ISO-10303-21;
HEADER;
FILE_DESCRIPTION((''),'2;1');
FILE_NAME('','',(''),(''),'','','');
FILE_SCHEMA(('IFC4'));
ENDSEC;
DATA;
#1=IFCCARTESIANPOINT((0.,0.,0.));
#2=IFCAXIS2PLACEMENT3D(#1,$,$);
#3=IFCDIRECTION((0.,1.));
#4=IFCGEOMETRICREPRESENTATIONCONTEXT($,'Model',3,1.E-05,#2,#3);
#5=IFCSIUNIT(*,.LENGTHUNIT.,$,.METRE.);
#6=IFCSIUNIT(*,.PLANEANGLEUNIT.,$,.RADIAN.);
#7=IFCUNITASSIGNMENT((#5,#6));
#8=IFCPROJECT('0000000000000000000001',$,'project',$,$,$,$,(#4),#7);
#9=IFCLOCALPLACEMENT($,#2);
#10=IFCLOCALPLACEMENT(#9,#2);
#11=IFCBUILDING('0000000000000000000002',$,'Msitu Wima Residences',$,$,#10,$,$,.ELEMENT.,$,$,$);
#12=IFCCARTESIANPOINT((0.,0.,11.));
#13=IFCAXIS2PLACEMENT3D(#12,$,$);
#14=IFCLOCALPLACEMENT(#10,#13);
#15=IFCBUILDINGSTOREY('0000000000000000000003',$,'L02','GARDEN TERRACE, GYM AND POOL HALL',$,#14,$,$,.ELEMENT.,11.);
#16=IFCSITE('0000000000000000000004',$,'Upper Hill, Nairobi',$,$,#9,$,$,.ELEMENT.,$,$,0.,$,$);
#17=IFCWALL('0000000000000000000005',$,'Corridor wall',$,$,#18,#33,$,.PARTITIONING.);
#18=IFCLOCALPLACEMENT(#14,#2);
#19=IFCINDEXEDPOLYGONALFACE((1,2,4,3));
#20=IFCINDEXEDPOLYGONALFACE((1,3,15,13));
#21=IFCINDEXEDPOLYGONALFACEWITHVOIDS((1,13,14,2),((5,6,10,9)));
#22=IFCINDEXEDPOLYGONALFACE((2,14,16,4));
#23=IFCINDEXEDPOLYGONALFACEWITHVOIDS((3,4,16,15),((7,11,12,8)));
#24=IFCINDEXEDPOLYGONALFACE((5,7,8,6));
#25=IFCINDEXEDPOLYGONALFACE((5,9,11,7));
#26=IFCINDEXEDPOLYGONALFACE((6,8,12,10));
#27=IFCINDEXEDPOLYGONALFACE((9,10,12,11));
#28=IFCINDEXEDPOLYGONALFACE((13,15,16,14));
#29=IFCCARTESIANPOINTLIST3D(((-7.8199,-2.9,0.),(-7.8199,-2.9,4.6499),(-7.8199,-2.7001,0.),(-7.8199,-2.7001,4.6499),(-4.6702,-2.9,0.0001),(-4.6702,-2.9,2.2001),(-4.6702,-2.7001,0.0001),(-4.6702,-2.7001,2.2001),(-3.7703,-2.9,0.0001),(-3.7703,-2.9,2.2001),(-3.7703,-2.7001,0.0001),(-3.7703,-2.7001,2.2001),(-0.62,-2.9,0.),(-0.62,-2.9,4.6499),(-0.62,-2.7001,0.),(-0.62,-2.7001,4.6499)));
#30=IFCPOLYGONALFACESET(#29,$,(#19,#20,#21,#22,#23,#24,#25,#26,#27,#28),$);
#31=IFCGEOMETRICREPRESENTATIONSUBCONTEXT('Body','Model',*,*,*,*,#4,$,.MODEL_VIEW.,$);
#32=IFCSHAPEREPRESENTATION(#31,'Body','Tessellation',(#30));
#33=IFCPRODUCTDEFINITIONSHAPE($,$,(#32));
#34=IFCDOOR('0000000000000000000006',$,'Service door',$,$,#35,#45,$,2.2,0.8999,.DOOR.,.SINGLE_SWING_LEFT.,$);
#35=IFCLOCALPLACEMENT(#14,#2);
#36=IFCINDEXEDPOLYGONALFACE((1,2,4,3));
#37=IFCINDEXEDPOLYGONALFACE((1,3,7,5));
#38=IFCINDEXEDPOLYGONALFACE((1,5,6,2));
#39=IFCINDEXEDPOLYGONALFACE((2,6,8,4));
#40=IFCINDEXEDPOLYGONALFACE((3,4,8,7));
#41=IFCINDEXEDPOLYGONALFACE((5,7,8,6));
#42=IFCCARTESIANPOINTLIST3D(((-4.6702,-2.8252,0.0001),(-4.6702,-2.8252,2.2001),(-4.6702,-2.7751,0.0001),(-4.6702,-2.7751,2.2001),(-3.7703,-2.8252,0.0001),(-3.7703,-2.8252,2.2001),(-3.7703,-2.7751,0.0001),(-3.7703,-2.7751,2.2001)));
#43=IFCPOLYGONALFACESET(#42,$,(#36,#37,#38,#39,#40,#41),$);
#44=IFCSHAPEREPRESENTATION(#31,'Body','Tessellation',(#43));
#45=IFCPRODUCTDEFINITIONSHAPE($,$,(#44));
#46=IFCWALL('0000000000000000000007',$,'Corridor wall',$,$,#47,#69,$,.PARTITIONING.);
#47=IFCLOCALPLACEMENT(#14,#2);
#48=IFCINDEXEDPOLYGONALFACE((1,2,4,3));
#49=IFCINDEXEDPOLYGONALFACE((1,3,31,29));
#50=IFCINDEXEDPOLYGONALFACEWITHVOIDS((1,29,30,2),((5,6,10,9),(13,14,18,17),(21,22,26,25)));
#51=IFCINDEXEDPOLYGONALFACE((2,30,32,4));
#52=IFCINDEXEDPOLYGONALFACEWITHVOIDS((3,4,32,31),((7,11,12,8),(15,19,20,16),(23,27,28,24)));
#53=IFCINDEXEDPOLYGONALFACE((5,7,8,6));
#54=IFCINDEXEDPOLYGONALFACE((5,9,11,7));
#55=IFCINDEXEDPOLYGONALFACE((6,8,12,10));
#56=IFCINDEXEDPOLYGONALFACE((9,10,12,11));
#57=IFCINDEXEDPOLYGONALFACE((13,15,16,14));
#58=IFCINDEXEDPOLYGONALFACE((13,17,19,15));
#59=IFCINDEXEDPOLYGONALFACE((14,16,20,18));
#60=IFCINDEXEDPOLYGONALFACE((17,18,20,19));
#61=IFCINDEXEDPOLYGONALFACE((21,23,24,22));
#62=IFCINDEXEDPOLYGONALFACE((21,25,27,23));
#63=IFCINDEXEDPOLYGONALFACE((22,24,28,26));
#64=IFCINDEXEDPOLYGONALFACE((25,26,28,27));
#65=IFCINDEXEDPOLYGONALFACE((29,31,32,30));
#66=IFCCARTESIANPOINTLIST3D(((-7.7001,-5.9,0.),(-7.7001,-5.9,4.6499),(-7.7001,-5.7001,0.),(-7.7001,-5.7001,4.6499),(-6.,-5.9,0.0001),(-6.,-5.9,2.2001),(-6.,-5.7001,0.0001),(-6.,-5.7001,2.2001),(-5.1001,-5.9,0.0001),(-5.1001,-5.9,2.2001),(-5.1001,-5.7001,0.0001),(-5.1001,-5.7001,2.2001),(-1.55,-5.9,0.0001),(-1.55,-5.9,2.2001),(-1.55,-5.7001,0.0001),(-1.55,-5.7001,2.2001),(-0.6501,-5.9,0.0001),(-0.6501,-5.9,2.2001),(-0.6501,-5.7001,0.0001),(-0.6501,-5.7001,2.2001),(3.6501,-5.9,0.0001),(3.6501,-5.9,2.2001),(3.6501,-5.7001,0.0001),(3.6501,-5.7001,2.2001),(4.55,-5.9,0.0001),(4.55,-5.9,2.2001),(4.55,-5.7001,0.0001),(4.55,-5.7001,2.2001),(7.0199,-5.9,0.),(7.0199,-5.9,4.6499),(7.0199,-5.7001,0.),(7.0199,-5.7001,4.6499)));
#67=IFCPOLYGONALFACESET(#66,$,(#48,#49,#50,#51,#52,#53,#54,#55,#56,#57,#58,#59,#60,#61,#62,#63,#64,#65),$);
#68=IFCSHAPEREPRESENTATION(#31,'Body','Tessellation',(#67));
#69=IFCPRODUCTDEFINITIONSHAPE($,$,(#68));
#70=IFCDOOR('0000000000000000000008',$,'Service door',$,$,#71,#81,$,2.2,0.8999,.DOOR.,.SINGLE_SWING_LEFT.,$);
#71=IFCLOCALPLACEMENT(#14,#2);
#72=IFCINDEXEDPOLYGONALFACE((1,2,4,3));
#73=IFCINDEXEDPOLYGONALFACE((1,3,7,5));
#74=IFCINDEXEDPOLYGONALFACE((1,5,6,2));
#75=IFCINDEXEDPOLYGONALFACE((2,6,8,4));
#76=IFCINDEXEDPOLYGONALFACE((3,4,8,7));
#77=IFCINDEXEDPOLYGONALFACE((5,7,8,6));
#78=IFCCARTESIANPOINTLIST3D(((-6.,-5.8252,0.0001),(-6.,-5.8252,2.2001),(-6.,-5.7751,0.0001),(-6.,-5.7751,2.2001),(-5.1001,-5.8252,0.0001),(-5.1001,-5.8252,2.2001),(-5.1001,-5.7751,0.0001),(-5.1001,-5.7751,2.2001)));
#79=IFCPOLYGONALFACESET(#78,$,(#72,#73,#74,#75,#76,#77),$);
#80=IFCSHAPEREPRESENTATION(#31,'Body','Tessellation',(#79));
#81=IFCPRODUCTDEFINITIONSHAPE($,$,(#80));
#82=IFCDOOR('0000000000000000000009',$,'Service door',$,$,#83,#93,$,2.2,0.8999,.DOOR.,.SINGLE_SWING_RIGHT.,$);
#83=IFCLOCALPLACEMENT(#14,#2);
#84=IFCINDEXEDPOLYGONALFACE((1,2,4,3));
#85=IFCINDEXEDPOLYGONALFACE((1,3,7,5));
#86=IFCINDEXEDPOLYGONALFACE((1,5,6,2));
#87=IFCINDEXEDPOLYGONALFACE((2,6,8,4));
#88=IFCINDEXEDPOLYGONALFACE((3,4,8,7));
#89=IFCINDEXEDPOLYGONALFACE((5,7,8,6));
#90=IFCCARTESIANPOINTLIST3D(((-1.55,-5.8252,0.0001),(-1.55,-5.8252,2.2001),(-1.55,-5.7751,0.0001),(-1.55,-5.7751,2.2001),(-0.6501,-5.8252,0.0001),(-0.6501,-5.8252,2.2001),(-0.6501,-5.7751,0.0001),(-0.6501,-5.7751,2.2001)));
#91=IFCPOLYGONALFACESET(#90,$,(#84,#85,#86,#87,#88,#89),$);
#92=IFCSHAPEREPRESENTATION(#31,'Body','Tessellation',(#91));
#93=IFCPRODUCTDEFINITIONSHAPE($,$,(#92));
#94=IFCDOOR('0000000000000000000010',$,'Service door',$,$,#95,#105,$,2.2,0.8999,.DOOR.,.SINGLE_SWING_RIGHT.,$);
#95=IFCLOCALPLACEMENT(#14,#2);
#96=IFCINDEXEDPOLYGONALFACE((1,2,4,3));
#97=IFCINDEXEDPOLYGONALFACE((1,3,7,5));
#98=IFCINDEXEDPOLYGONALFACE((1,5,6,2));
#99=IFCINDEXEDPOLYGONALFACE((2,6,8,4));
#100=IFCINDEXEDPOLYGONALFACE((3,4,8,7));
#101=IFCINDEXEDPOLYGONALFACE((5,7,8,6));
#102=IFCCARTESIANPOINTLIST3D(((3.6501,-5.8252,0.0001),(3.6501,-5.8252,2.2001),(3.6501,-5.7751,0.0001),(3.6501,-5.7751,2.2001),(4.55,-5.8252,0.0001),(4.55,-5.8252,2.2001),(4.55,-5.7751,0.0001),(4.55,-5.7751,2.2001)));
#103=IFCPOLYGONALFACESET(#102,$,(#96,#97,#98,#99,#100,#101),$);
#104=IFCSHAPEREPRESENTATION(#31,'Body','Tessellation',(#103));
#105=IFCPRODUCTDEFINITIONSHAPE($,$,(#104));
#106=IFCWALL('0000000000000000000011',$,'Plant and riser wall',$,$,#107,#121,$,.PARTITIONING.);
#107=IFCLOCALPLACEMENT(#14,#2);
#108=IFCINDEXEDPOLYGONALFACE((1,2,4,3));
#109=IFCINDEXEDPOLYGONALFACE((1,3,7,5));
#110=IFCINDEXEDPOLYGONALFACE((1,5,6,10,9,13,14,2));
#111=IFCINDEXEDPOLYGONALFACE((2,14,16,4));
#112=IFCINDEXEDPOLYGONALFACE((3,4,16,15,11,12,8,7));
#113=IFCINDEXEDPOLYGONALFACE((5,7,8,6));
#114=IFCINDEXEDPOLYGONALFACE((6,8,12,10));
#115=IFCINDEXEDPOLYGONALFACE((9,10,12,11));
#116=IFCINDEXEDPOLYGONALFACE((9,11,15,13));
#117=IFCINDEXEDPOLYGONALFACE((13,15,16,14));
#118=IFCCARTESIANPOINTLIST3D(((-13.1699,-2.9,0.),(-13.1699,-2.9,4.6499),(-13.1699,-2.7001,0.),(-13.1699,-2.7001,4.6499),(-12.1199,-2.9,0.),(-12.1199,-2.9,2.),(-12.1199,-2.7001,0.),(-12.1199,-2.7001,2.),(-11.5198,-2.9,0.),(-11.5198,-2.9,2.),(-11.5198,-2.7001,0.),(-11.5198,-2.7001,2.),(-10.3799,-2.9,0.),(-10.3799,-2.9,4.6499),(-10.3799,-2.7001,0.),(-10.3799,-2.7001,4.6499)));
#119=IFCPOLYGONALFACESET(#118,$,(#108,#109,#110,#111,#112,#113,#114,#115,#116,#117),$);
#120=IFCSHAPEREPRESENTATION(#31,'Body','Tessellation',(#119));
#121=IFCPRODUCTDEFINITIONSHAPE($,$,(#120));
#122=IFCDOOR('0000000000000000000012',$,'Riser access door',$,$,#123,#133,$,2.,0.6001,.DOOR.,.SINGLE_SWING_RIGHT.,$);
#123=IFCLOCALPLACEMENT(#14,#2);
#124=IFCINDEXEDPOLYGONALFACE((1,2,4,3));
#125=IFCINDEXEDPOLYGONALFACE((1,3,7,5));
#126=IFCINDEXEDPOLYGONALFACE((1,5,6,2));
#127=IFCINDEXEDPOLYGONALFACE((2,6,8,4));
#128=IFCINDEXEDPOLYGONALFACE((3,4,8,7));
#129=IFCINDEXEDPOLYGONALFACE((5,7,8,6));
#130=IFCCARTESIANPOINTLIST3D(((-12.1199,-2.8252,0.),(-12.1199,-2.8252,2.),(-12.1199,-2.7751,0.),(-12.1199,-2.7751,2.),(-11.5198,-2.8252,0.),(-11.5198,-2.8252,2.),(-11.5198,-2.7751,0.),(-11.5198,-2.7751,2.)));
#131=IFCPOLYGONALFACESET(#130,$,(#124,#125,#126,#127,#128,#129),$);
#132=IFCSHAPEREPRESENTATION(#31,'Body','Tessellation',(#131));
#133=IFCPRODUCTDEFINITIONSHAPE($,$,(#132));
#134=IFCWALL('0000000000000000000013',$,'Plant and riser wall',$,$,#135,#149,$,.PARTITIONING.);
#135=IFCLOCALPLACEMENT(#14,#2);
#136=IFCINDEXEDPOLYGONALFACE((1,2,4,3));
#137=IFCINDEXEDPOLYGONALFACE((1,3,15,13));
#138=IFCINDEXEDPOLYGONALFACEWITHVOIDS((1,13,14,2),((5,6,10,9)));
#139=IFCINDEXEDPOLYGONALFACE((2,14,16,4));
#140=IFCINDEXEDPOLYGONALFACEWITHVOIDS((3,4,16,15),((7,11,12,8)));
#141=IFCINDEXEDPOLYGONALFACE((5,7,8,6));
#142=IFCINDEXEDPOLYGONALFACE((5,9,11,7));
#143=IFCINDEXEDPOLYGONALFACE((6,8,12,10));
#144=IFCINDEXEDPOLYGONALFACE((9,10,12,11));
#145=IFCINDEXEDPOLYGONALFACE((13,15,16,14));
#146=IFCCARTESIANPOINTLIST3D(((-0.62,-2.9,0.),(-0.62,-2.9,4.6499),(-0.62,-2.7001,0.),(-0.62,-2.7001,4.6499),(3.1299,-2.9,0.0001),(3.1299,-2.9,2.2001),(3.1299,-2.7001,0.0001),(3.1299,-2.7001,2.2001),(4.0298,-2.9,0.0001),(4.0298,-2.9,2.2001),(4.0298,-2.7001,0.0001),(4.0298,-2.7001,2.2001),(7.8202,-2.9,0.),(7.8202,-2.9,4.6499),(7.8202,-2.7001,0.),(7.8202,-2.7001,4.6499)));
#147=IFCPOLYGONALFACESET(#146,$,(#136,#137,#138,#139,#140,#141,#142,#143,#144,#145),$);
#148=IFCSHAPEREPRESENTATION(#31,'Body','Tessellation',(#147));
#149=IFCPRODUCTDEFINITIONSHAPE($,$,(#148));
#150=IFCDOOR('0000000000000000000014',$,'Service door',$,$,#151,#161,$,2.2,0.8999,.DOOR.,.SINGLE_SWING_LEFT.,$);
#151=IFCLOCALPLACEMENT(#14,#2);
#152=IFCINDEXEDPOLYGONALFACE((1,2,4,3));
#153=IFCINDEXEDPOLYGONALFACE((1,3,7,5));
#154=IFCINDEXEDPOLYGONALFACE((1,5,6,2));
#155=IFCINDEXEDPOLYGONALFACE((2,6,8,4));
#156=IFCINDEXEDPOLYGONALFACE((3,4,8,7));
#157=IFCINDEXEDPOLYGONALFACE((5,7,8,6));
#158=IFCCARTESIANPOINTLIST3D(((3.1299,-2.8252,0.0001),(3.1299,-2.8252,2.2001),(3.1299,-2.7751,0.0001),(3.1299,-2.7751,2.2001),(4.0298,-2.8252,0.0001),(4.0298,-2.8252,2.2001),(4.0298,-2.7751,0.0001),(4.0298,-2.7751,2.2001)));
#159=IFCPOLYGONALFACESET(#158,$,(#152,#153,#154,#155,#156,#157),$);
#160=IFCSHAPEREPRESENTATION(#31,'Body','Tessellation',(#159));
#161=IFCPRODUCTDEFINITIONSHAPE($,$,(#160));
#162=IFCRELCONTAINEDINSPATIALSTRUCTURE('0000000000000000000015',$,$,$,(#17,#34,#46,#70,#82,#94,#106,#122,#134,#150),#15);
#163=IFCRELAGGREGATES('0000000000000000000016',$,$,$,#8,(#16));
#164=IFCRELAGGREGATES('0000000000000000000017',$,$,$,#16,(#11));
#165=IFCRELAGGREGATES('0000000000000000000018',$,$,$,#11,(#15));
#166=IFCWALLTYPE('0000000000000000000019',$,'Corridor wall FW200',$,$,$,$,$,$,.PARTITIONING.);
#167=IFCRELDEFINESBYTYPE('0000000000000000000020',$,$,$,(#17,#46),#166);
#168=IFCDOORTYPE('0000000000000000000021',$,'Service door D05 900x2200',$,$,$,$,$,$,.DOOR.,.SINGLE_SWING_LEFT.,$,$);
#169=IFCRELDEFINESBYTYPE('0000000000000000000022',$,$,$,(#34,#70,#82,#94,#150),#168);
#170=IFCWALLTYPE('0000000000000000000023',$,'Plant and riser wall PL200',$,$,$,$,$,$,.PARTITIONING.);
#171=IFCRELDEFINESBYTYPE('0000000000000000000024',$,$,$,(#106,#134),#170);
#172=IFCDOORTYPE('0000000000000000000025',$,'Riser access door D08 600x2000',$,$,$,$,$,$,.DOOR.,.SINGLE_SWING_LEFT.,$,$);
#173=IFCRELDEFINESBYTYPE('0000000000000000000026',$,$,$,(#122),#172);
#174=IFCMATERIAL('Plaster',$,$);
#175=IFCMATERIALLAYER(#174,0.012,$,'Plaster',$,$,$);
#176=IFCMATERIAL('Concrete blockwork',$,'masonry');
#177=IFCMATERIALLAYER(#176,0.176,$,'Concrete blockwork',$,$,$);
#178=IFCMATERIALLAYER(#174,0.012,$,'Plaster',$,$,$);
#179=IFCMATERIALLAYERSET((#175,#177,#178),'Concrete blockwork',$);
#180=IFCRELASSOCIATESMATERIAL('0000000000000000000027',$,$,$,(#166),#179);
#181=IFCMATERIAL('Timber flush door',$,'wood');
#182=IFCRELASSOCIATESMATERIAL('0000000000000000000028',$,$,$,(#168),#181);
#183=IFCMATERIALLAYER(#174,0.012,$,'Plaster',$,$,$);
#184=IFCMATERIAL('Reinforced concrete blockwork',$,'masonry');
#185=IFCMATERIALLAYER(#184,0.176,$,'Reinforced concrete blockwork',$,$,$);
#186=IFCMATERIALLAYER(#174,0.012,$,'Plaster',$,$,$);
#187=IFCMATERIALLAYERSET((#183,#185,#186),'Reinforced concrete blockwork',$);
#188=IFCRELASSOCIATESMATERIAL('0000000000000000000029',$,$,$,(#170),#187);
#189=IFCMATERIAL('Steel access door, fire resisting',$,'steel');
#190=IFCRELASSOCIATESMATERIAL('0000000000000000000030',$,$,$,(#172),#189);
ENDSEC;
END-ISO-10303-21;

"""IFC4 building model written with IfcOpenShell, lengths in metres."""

from ifc_helpers import new_model, si_unit, direction, frame, frame_2d, origin, place, context, subcontext, project, spatial, rectangle, extrude, material, layer, layer_set, type_object, element, fill, save


model = new_model("IFC4")

# Units and contexts
model_context = context("Model", 3, precision=1e-05, world=origin(), true_north=direction((0.0, 1.0)))
body_context = subcontext(model_context, "Body", "Model", "MODEL_VIEW")
ifc_project = project(units=[si_unit("LENGTHUNIT", "METRE"), si_unit("PLANEANGLEUNIT", "RADIAN")], contexts=[model_context])

# Site, building, storey
site_placement = place(None, origin())
site = spatial("IfcSite", under=ifc_project, at=site_placement, Name="Upper Hill, Nairobi", CompositionType="ELEMENT", RefElevation=0.0)
building_placement = place(site_placement, origin())
building = spatial("IfcBuilding", under=site, at=building_placement, Name="Msitu Wima Residences", CompositionType="ELEMENT")
storey_placement = place(building_placement, frame((0.0, 0.0, 11.0)))
storey = spatial("IfcBuildingStorey", under=building, at=storey_placement, Name="L02", Description="GARDEN TERRACE, GYM AND POOL HALL", CompositionType="ELEMENT", Elevation=11.0)

# Wall, opening, door
ifc_material_1 = material(Name="Plaster")
ifc_layer_1 = layer(ifc_material_1, 0.012, Name="Plaster")
ifc_material_2 = material(Name="Concrete blockwork", Category="masonry")
ifc_layer_2 = layer(ifc_material_2, 0.176, Name="Concrete blockwork")
ifc_layer_3 = layer(ifc_material_1, 0.012, Name="Plaster")
ifc_layer_set_1 = layer_set([ifc_layer_1, ifc_layer_2, ifc_layer_3], Name="Concrete blockwork")
wall_type_1 = type_object("IfcWallType", Name="Corridor wall FW200", PredefinedType="PARTITIONING", material=ifc_layer_set_1)
wall_1_placement = place(storey_placement, frame((-7.8201, -2.8, 0.0), z_axis=(0.0, 0.0, 1.0), x_axis=(1.0, 0.0, 0.0)))
wall_1 = element("IfcWall", 1, at=wall_1_placement, inside=storey, type_object=wall_type_1, Name="Corridor wall", PredefinedType="PARTITIONING", context=body_context, shape_type="SweptSolid", body=[
    extrude(rectangle(XDim=7.2, YDim=0.2, at=frame_2d((3.6001, 0.0))), origin(), (0.0, 0.0, 1.0), 4.6499),
])
opening_1_placement = place(wall_1_placement, frame((3.1499, 0.0, 0.0)))
opening_1 = element("IfcOpeningElement", 2, at=opening_1_placement, cuts=wall_1, PredefinedType="OPENING", context=body_context, shape_type="SweptSolid", body=[
    extrude(rectangle(XDim=0.8999, YDim=2.2, at=frame_2d((0.45, 1.1001))), frame((0.0, 0.1099, 0.0), z_axis=(0.0, -1.0, 0.0), x_axis=(1.0, 0.0, 0.0)), (0.0, 0.0, 1.0), 0.22),
])
ifc_material_3 = material(Name="Timber flush door", Category="wood")
door_type_1 = type_object("IfcDoorType", Name="Service door D05 900x2200", OperationType="SINGLE_SWING_LEFT", PredefinedType="DOOR", material=ifc_material_3)
door_1_placement = place(opening_1_placement, origin())
door_1 = element("IfcDoor", 3, at=door_1_placement, inside=storey, type_object=door_type_1, Name="Service door", OperationType="SINGLE_SWING_LEFT", OverallHeight=2.2, OverallWidth=0.8999, PredefinedType="DOOR", context=body_context, shape_type="SweptSolid", body=[
    extrude(rectangle(XDim=0.8999, YDim=2.2, at=frame_2d((0.45, 1.1001))), frame((0.0, 0.0249, 0.0), z_axis=(0.0, -1.0, 0.0), x_axis=(1.0, 0.0, 0.0)), (0.0, 0.0, 1.0), 0.05),
])
fill(opening_1, door_1)

# Wall, openings, doors
wall_2_placement = place(storey_placement, frame((-7.7, -5.8, 0.0), z_axis=(0.0, 0.0, 1.0), x_axis=(1.0, 0.0, 0.0)))
wall_2 = element("IfcWall", 4, at=wall_2_placement, inside=storey, type_object=wall_type_1, Name="Corridor wall", PredefinedType="PARTITIONING", context=body_context, shape_type="SweptSolid", body=[
    extrude(rectangle(XDim=14.72, YDim=0.2, at=frame_2d((7.3599, 0.0))), origin(), (0.0, 0.0, 1.0), 4.6499),
])
opening_2_placement = place(wall_2_placement, frame((1.7, 0.0, 0.0)))
opening_2 = element("IfcOpeningElement", 5, at=opening_2_placement, cuts=wall_2, PredefinedType="OPENING", context=body_context, shape_type="SweptSolid", body=[
    extrude(rectangle(XDim=0.8999, YDim=2.2, at=frame_2d((0.45, 1.1001))), frame((0.0, 0.1099, 0.0), z_axis=(0.0, -1.0, 0.0), x_axis=(1.0, 0.0, 0.0)), (0.0, 0.0, 1.0), 0.22),
])
opening_3_placement = place(wall_2_placement, frame((6.1499, 0.0, 0.0)))
opening_3 = element("IfcOpeningElement", 6, at=opening_3_placement, cuts=wall_2, PredefinedType="OPENING", context=body_context, shape_type="SweptSolid", body=[
    extrude(rectangle(XDim=0.8999, YDim=2.2, at=frame_2d((0.45, 1.1001))), frame((0.0, 0.1099, 0.0), z_axis=(0.0, -1.0, 0.0), x_axis=(1.0, 0.0, 0.0)), (0.0, 0.0, 1.0), 0.22),
])
opening_4_placement = place(wall_2_placement, frame((11.3501, 0.0, 0.0)))
opening_4 = element("IfcOpeningElement", 7, at=opening_4_placement, cuts=wall_2, PredefinedType="OPENING", context=body_context, shape_type="SweptSolid", body=[
    extrude(rectangle(XDim=0.8999, YDim=2.2, at=frame_2d((0.45, 1.1001))), frame((0.0, 0.1099, 0.0), z_axis=(0.0, -1.0, 0.0), x_axis=(1.0, 0.0, 0.0)), (0.0, 0.0, 1.0), 0.22),
])
door_2_placement = place(opening_2_placement, origin())
door_2 = element("IfcDoor", 8, at=door_2_placement, inside=storey, type_object=door_type_1, Name="Service door", OperationType="SINGLE_SWING_LEFT", OverallHeight=2.2, OverallWidth=0.8999, PredefinedType="DOOR", context=body_context, shape_type="SweptSolid", body=[
    extrude(rectangle(XDim=0.8999, YDim=2.2, at=frame_2d((0.45, 1.1001))), frame((0.0, 0.0249, 0.0), z_axis=(0.0, -1.0, 0.0), x_axis=(1.0, 0.0, 0.0)), (0.0, 0.0, 1.0), 0.05),
])
fill(opening_2, door_2)
door_3_placement = place(opening_3_placement, origin())
door_3 = element("IfcDoor", 9, at=door_3_placement, inside=storey, type_object=door_type_1, Name="Service door", OperationType="SINGLE_SWING_RIGHT", OverallHeight=2.2, OverallWidth=0.8999, PredefinedType="DOOR", context=body_context, shape_type="SweptSolid", body=[
    extrude(rectangle(XDim=0.8999, YDim=2.2, at=frame_2d((0.45, 1.1001))), frame((0.0, 0.0249, 0.0), z_axis=(0.0, -1.0, 0.0), x_axis=(1.0, 0.0, 0.0)), (0.0, 0.0, 1.0), 0.05),
])
fill(opening_3, door_3)
door_4_placement = place(opening_4_placement, origin())
door_4 = element("IfcDoor", 10, at=door_4_placement, inside=storey, type_object=door_type_1, Name="Service door", OperationType="SINGLE_SWING_RIGHT", OverallHeight=2.2, OverallWidth=0.8999, PredefinedType="DOOR", context=body_context, shape_type="SweptSolid", body=[
    extrude(rectangle(XDim=0.8999, YDim=2.2, at=frame_2d((0.45, 1.1001))), frame((0.0, 0.0249, 0.0), z_axis=(0.0, -1.0, 0.0), x_axis=(1.0, 0.0, 0.0)), (0.0, 0.0, 1.0), 0.05),
])
fill(opening_4, door_4)

# Walls, openings, doors
ifc_layer_4 = layer(ifc_material_1, 0.012, Name="Plaster")
ifc_material_4 = material(Name="Reinforced concrete blockwork", Category="masonry")
ifc_layer_5 = layer(ifc_material_4, 0.176, Name="Reinforced concrete blockwork")
ifc_layer_6 = layer(ifc_material_1, 0.012, Name="Plaster")
ifc_layer_set_2 = layer_set([ifc_layer_4, ifc_layer_5, ifc_layer_6], Name="Reinforced concrete blockwork")
wall_type_2 = type_object("IfcWallType", Name="Plant and riser wall PL200", PredefinedType="PARTITIONING", material=ifc_layer_set_2)
wall_3_placement = place(storey_placement, frame((-13.1699, -2.8, 0.0), z_axis=(0.0, 0.0, 1.0), x_axis=(1.0, 0.0, 0.0)))
wall_3 = element("IfcWall", 11, at=wall_3_placement, inside=storey, type_object=wall_type_2, Name="Plant and riser wall", PredefinedType="PARTITIONING", context=body_context, shape_type="SweptSolid", body=[
    extrude(rectangle(XDim=2.79, YDim=0.2, at=frame_2d((1.395, 0.0))), origin(), (0.0, 0.0, 1.0), 4.6499),
])
opening_5_placement = place(wall_3_placement, frame((1.05, 0.0, 0.0)))
opening_5 = element("IfcOpeningElement", 12, at=opening_5_placement, cuts=wall_3, PredefinedType="OPENING", context=body_context, shape_type="SweptSolid", body=[
    extrude(rectangle(XDim=0.6001, YDim=2.0, at=frame_2d((0.3, 1.0))), frame((0.0, 0.1099, 0.0), z_axis=(0.0, -1.0, 0.0), x_axis=(1.0, 0.0, 0.0)), (0.0, 0.0, 1.0), 0.22),
])
ifc_material_5 = material(Name="Steel access door, fire resisting", Category="steel")
door_type_2 = type_object("IfcDoorType", Name="Riser access door D08 600x2000", OperationType="SINGLE_SWING_LEFT", PredefinedType="DOOR", material=ifc_material_5)
door_5_placement = place(opening_5_placement, origin())
door_5 = element("IfcDoor", 13, at=door_5_placement, inside=storey, type_object=door_type_2, Name="Riser access door", OperationType="SINGLE_SWING_RIGHT", OverallHeight=2.0, OverallWidth=0.6001, PredefinedType="DOOR", context=body_context, shape_type="SweptSolid", body=[
    extrude(rectangle(XDim=0.6001, YDim=2.0, at=frame_2d((0.3, 1.0))), frame((0.0, 0.0249, 0.0), z_axis=(0.0, -1.0, 0.0), x_axis=(1.0, 0.0, 0.0)), (0.0, 0.0, 1.0), 0.05),
])
fill(opening_5, door_5)
wall_4_placement = place(storey_placement, frame((-0.6201, -2.8, 0.0), z_axis=(0.0, 0.0, 1.0), x_axis=(1.0, 0.0, 0.0)))
wall_4 = element("IfcWall", 14, at=wall_4_placement, inside=storey, type_object=wall_type_2, Name="Plant and riser wall", PredefinedType="PARTITIONING", context=body_context, shape_type="SweptSolid", body=[
    extrude(rectangle(XDim=8.4402, YDim=0.2, at=frame_2d((4.2202, 0.0))), origin(), (0.0, 0.0, 1.0), 4.6499),
])
opening_6_placement = place(wall_4_placement, frame((3.75, 0.0, 0.0)))
opening_6 = element("IfcOpeningElement", 15, at=opening_6_placement, cuts=wall_4, PredefinedType="OPENING", context=body_context, shape_type="SweptSolid", body=[
    extrude(rectangle(XDim=0.8999, YDim=2.2, at=frame_2d((0.45, 1.1001))), frame((0.0, 0.1099, 0.0), z_axis=(0.0, -1.0, 0.0), x_axis=(1.0, 0.0, 0.0)), (0.0, 0.0, 1.0), 0.22),
])
door_6_placement = place(opening_6_placement, origin())
door_6 = element("IfcDoor", 16, at=door_6_placement, inside=storey, type_object=door_type_1, Name="Service door", OperationType="SINGLE_SWING_LEFT", OverallHeight=2.2, OverallWidth=0.8999, PredefinedType="DOOR", context=body_context, shape_type="SweptSolid", body=[
    extrude(rectangle(XDim=0.8999, YDim=2.2, at=frame_2d((0.45, 1.1001))), frame((0.0, 0.0249, 0.0), z_axis=(0.0, -1.0, 0.0), x_axis=(1.0, 0.0, 0.0)), (0.0, 0.0, 1.0), 0.05),
])
fill(opening_6, door_6)

save(model, "model.ifc")
